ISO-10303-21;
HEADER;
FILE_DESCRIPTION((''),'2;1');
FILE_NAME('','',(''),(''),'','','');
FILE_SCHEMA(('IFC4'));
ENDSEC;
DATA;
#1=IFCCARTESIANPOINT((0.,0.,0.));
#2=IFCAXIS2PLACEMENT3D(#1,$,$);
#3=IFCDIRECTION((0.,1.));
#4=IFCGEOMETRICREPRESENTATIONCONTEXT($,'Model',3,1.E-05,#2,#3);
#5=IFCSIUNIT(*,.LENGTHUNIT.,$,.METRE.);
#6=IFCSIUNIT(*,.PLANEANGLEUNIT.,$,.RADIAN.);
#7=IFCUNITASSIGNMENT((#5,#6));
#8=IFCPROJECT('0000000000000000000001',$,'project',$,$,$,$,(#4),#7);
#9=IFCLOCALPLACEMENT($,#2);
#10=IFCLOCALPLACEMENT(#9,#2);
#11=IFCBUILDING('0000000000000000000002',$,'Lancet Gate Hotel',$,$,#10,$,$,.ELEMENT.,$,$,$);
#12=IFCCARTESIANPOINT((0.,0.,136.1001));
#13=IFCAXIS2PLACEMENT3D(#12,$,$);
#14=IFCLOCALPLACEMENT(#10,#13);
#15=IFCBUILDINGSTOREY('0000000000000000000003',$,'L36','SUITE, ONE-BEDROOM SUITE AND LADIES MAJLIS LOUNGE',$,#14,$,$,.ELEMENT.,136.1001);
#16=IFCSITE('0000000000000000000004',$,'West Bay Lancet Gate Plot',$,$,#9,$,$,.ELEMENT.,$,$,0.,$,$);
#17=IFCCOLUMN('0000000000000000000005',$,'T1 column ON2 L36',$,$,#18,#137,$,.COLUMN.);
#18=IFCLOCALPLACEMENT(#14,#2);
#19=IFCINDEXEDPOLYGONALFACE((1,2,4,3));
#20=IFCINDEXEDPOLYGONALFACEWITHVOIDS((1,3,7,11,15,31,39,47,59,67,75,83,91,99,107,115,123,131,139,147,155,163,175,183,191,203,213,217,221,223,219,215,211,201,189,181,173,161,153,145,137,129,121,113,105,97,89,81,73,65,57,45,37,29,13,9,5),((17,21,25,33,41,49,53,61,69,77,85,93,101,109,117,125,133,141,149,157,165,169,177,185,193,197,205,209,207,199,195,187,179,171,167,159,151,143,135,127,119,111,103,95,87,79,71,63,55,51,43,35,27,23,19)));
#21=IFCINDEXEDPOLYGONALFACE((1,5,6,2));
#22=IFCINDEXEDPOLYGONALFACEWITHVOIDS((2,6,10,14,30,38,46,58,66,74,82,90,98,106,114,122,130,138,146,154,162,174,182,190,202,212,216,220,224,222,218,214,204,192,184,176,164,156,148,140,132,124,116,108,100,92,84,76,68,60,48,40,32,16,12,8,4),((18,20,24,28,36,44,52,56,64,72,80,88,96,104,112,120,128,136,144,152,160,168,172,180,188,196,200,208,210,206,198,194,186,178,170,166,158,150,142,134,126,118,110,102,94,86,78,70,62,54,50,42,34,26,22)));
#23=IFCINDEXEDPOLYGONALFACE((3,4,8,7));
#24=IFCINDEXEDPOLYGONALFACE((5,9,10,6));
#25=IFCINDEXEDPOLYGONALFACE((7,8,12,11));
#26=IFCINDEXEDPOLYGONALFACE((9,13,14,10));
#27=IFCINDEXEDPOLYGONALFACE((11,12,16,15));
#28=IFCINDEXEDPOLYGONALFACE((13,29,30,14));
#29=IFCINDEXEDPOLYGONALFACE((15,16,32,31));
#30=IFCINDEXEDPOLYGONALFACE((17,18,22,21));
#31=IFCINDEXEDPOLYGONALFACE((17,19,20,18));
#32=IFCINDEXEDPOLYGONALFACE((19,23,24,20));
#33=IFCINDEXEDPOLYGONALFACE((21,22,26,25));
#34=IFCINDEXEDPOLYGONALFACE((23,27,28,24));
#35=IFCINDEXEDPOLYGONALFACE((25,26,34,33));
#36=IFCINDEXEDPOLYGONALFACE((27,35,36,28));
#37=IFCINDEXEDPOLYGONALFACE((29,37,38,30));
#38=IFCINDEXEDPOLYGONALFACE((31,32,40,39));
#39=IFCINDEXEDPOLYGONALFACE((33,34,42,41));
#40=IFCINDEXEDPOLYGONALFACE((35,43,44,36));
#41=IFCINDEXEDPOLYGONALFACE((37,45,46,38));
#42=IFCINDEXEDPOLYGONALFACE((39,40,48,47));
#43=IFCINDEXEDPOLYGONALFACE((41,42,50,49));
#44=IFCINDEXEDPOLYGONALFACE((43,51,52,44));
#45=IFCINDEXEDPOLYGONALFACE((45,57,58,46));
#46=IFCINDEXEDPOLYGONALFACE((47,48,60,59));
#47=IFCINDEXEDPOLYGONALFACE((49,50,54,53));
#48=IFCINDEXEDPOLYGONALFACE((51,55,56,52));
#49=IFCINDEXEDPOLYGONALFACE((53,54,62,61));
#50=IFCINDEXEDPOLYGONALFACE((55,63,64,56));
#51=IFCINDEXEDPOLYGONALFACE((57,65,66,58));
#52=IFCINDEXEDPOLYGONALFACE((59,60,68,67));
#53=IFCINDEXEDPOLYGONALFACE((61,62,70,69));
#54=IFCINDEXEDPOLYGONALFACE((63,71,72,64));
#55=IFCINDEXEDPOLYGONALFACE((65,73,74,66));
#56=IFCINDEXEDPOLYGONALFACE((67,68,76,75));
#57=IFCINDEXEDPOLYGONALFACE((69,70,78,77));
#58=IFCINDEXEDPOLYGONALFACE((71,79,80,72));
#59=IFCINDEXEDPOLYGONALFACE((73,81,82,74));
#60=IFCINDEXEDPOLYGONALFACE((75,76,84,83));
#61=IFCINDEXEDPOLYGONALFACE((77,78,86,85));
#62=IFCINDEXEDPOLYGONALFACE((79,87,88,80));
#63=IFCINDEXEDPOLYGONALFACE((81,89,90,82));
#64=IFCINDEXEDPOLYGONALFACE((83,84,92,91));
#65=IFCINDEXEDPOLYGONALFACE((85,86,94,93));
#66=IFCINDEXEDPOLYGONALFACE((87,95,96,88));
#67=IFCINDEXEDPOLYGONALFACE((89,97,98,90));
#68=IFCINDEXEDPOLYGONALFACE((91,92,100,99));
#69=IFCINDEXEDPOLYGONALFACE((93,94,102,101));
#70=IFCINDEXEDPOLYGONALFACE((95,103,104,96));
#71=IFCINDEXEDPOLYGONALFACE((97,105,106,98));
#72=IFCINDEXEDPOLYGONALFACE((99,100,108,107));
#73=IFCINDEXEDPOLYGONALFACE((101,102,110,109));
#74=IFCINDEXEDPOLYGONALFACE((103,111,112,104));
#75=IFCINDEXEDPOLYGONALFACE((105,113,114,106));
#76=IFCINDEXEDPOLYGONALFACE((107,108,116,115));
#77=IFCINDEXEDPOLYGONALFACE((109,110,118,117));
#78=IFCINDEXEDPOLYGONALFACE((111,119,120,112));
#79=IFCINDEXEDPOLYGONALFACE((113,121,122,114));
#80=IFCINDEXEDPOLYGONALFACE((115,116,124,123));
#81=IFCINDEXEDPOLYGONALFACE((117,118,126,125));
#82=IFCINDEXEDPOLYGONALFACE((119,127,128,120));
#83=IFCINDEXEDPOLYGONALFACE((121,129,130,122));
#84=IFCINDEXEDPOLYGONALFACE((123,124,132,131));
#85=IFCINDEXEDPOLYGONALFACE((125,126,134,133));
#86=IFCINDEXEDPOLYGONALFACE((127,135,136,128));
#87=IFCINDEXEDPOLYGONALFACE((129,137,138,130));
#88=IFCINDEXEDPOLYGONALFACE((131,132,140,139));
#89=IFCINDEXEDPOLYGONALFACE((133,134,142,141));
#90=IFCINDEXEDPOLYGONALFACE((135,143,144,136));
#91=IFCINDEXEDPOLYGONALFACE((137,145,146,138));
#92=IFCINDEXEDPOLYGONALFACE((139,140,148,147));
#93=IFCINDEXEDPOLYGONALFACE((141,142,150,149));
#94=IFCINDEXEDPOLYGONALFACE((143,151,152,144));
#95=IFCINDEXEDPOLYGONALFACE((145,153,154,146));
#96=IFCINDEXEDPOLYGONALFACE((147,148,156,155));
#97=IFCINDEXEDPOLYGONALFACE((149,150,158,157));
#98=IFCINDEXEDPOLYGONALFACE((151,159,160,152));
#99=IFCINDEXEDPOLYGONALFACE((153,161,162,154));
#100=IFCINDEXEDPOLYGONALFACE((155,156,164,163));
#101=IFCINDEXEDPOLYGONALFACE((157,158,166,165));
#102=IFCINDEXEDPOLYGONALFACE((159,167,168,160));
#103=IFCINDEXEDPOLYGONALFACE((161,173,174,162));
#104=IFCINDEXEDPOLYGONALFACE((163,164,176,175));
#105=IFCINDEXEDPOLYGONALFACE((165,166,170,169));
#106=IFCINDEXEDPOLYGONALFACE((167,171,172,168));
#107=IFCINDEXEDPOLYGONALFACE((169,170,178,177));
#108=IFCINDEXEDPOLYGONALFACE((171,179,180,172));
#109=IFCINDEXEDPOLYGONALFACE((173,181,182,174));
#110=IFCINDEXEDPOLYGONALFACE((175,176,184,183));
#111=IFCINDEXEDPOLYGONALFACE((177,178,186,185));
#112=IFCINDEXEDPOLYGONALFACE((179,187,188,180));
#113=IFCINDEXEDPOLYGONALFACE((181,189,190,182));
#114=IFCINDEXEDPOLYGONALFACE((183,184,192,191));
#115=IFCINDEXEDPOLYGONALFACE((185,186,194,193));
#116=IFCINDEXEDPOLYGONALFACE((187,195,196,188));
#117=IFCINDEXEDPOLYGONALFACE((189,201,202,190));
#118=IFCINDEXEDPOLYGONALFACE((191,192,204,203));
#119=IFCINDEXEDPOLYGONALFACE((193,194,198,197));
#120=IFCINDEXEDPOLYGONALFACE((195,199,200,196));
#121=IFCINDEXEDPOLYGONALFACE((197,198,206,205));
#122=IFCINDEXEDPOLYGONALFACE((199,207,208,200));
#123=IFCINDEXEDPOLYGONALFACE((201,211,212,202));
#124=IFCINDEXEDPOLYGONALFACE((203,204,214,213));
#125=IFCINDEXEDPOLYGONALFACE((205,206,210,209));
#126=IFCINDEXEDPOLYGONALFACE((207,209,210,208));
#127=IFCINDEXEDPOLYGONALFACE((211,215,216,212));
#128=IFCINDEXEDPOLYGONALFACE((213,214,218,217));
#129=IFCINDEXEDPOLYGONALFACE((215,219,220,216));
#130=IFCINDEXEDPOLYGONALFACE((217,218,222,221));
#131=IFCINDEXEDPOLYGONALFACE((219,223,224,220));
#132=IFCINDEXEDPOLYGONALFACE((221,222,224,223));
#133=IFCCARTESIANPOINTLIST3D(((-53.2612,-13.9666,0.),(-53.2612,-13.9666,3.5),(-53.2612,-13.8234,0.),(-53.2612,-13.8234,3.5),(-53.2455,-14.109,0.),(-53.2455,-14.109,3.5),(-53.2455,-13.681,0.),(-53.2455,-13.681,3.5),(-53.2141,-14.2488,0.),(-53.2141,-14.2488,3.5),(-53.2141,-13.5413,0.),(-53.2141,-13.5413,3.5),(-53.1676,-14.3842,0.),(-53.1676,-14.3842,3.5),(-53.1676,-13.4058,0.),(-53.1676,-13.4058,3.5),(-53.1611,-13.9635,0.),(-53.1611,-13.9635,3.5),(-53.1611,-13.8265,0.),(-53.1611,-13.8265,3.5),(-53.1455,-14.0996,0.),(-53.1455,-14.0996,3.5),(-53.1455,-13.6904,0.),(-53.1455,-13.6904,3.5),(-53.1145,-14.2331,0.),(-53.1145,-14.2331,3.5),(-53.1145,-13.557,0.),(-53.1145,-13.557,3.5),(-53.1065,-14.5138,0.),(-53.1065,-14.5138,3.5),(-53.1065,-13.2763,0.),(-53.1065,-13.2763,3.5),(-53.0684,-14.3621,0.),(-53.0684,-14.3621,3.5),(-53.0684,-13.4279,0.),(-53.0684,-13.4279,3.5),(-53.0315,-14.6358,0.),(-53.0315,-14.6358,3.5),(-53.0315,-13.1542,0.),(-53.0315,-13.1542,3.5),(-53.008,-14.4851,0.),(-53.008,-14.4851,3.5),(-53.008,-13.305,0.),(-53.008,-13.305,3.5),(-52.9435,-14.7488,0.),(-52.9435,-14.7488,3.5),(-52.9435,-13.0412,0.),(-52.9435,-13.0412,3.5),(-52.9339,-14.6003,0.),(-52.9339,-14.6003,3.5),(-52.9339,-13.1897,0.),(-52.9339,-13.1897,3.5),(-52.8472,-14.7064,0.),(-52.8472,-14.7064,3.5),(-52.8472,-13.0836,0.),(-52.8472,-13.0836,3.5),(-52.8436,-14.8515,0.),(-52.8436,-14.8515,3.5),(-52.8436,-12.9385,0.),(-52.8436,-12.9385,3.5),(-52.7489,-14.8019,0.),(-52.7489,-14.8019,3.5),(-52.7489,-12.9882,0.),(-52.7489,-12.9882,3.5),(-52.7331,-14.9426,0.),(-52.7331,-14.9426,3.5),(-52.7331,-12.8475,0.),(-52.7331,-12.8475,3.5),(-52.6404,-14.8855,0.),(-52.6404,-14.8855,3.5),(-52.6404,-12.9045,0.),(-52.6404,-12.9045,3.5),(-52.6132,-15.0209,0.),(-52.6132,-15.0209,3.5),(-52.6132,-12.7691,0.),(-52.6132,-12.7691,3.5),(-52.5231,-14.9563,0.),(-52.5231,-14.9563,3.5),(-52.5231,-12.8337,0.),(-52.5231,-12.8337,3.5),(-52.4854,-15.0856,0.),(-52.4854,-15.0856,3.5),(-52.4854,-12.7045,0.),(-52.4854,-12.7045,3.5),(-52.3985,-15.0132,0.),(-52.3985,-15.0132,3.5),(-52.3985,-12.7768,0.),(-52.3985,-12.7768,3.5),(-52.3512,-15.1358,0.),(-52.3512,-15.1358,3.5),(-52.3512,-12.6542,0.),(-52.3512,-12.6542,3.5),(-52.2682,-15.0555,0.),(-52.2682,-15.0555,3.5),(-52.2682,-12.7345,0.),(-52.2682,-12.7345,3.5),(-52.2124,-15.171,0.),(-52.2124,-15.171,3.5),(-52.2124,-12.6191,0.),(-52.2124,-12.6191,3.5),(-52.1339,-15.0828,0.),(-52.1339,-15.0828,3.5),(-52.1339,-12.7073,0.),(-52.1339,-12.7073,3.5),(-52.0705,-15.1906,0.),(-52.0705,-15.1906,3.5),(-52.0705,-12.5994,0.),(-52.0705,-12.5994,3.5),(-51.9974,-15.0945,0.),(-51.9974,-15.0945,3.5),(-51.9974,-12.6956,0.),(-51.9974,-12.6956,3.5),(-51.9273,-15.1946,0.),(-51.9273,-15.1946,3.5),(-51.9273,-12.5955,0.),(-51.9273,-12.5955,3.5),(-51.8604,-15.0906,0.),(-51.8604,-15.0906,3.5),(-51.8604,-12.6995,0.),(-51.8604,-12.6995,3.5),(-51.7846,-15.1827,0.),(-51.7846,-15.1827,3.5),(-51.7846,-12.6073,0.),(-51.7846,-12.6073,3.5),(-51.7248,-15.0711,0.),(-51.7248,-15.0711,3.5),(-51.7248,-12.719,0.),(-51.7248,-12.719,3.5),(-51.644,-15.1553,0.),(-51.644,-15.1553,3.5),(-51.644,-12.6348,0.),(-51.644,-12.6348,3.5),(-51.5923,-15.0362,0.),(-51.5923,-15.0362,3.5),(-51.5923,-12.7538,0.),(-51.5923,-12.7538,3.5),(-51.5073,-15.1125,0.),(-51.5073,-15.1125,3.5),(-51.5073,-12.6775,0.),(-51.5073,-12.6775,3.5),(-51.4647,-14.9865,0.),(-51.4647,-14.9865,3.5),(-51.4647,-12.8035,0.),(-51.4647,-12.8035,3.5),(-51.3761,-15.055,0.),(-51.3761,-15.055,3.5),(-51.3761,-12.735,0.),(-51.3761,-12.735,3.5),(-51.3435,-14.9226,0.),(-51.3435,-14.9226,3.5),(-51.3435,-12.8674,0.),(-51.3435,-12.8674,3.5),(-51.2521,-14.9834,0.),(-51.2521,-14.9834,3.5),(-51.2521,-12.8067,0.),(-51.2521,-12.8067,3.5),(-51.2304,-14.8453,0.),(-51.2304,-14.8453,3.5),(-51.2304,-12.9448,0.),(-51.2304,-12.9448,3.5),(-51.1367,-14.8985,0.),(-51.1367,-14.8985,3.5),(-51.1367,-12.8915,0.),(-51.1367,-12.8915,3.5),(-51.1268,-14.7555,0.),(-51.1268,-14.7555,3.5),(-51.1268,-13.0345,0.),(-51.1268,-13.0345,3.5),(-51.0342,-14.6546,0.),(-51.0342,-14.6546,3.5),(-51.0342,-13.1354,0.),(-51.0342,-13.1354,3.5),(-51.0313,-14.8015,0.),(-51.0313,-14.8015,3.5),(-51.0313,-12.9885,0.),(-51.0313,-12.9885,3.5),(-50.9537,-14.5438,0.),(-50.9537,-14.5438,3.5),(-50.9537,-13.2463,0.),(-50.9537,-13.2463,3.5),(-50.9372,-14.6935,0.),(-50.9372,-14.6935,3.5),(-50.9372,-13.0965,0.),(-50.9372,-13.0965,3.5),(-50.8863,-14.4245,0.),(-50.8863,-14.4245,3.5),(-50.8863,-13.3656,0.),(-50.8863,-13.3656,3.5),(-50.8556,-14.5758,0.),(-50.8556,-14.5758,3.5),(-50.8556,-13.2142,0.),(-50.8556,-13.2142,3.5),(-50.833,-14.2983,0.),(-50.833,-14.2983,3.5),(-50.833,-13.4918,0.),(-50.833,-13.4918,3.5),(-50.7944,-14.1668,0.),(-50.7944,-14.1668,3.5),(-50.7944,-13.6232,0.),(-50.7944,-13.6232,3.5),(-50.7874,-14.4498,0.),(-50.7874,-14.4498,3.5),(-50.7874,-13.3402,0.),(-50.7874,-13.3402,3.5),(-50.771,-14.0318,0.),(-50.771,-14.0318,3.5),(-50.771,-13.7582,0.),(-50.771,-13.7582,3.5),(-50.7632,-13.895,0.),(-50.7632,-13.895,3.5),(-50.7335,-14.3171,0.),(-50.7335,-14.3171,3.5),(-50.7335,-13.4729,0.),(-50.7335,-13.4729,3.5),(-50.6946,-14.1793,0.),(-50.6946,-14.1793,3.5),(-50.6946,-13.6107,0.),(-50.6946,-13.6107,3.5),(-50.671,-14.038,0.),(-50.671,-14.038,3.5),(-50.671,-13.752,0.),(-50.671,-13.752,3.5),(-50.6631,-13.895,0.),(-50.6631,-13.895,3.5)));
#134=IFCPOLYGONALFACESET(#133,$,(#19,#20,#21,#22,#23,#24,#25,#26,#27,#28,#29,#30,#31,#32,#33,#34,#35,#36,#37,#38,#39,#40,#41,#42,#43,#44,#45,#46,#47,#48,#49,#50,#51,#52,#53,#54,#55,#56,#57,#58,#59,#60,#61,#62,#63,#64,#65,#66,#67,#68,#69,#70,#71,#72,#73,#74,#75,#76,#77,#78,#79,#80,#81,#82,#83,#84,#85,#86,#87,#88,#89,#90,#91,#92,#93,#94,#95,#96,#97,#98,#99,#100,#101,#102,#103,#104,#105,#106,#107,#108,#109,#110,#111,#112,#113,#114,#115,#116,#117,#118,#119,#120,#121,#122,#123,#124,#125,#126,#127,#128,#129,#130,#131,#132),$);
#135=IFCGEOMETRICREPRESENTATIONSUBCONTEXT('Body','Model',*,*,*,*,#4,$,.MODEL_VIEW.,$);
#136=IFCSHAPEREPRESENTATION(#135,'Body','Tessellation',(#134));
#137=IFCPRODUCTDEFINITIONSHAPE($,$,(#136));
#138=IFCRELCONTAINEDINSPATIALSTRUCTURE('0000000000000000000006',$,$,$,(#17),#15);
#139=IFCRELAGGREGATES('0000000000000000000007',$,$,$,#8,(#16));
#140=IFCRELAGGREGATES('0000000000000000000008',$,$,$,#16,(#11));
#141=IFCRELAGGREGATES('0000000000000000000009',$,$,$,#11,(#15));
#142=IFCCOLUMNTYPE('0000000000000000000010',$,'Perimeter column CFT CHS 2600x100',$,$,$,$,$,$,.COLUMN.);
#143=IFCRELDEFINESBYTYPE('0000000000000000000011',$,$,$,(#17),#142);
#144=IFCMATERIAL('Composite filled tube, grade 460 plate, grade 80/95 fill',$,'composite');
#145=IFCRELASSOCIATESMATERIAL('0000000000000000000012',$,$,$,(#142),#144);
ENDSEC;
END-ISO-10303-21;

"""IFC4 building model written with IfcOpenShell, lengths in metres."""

from ifc_helpers import new_model, si_unit, direction, frame, origin, origin_2d, place, context, subcontext, project, spatial, hollow_circle, extrude, material, material_profile, profile_set, type_object, element, save


model = new_model("IFC4")

# Units and contexts
model_context = context("Model", 3, precision=1e-05, world=origin(), true_north=direction((0.0, 1.0)))
body_context = subcontext(model_context, "Body", "Model", "MODEL_VIEW")
ifc_project = project(units=[si_unit("LENGTHUNIT", "METRE"), si_unit("PLANEANGLEUNIT", "RADIAN")], contexts=[model_context])

# Site, building, storey
site_placement = place(None, origin())
site = spatial("IfcSite", under=ifc_project, at=site_placement, Name="West Bay Lancet Gate Plot", CompositionType="ELEMENT", RefElevation=0.0)
building_placement = place(site_placement, origin())
building = spatial("IfcBuilding", under=site, at=building_placement, Name="Lancet Gate Hotel", CompositionType="ELEMENT")
storey_placement = place(building_placement, frame((0.0, 0.0, 136.1001)))
storey = spatial("IfcBuildingStorey", under=building, at=storey_placement, Name="L36", Description="SUITE, ONE-BEDROOM SUITE AND LADIES MAJLIS LOUNGE", CompositionType="ELEMENT", Elevation=136.1001)

# Column
ifc_material_1 = material(Name="Composite filled tube, grade 460 plate, grade 80/95 fill", Category="composite")
ifc_material_profile_1 = material_profile(ifc_material_1, hollow_circle(Radius=1.3, WallThickness=0.1001, at=origin_2d()), Name="CHS 2600x100")
ifc_profile_set_1 = profile_set([ifc_material_profile_1], Name="Composite filled tube, grade 460 plate, grade 80/95 fill")
column_type = type_object("IfcColumnType", Name="Perimeter column CFT CHS 2600x100", PredefinedType="COLUMN", material=ifc_profile_set_1)
for number, where, z_axis, x_axis, name in (
    (1, (-51.9631, -13.895, 0.0), (0.0, 0.0, 1.0), (1.0, 0.0, 0.0), "T1 column ON2 L36"),
):
    element("IfcColumn", number, at=place(storey_placement, frame(where, z_axis=z_axis, x_axis=x_axis)), inside=storey, type_object=column_type, Name=name, PredefinedType="COLUMN", context=body_context, shape_type="SweptSolid", body=[
        extrude(hollow_circle(Radius=1.3, WallThickness=0.1001, at=origin_2d()), origin(), (0.0, 0.0, 1.0), 3.5),
    ])

save(model, "model.ifc")
